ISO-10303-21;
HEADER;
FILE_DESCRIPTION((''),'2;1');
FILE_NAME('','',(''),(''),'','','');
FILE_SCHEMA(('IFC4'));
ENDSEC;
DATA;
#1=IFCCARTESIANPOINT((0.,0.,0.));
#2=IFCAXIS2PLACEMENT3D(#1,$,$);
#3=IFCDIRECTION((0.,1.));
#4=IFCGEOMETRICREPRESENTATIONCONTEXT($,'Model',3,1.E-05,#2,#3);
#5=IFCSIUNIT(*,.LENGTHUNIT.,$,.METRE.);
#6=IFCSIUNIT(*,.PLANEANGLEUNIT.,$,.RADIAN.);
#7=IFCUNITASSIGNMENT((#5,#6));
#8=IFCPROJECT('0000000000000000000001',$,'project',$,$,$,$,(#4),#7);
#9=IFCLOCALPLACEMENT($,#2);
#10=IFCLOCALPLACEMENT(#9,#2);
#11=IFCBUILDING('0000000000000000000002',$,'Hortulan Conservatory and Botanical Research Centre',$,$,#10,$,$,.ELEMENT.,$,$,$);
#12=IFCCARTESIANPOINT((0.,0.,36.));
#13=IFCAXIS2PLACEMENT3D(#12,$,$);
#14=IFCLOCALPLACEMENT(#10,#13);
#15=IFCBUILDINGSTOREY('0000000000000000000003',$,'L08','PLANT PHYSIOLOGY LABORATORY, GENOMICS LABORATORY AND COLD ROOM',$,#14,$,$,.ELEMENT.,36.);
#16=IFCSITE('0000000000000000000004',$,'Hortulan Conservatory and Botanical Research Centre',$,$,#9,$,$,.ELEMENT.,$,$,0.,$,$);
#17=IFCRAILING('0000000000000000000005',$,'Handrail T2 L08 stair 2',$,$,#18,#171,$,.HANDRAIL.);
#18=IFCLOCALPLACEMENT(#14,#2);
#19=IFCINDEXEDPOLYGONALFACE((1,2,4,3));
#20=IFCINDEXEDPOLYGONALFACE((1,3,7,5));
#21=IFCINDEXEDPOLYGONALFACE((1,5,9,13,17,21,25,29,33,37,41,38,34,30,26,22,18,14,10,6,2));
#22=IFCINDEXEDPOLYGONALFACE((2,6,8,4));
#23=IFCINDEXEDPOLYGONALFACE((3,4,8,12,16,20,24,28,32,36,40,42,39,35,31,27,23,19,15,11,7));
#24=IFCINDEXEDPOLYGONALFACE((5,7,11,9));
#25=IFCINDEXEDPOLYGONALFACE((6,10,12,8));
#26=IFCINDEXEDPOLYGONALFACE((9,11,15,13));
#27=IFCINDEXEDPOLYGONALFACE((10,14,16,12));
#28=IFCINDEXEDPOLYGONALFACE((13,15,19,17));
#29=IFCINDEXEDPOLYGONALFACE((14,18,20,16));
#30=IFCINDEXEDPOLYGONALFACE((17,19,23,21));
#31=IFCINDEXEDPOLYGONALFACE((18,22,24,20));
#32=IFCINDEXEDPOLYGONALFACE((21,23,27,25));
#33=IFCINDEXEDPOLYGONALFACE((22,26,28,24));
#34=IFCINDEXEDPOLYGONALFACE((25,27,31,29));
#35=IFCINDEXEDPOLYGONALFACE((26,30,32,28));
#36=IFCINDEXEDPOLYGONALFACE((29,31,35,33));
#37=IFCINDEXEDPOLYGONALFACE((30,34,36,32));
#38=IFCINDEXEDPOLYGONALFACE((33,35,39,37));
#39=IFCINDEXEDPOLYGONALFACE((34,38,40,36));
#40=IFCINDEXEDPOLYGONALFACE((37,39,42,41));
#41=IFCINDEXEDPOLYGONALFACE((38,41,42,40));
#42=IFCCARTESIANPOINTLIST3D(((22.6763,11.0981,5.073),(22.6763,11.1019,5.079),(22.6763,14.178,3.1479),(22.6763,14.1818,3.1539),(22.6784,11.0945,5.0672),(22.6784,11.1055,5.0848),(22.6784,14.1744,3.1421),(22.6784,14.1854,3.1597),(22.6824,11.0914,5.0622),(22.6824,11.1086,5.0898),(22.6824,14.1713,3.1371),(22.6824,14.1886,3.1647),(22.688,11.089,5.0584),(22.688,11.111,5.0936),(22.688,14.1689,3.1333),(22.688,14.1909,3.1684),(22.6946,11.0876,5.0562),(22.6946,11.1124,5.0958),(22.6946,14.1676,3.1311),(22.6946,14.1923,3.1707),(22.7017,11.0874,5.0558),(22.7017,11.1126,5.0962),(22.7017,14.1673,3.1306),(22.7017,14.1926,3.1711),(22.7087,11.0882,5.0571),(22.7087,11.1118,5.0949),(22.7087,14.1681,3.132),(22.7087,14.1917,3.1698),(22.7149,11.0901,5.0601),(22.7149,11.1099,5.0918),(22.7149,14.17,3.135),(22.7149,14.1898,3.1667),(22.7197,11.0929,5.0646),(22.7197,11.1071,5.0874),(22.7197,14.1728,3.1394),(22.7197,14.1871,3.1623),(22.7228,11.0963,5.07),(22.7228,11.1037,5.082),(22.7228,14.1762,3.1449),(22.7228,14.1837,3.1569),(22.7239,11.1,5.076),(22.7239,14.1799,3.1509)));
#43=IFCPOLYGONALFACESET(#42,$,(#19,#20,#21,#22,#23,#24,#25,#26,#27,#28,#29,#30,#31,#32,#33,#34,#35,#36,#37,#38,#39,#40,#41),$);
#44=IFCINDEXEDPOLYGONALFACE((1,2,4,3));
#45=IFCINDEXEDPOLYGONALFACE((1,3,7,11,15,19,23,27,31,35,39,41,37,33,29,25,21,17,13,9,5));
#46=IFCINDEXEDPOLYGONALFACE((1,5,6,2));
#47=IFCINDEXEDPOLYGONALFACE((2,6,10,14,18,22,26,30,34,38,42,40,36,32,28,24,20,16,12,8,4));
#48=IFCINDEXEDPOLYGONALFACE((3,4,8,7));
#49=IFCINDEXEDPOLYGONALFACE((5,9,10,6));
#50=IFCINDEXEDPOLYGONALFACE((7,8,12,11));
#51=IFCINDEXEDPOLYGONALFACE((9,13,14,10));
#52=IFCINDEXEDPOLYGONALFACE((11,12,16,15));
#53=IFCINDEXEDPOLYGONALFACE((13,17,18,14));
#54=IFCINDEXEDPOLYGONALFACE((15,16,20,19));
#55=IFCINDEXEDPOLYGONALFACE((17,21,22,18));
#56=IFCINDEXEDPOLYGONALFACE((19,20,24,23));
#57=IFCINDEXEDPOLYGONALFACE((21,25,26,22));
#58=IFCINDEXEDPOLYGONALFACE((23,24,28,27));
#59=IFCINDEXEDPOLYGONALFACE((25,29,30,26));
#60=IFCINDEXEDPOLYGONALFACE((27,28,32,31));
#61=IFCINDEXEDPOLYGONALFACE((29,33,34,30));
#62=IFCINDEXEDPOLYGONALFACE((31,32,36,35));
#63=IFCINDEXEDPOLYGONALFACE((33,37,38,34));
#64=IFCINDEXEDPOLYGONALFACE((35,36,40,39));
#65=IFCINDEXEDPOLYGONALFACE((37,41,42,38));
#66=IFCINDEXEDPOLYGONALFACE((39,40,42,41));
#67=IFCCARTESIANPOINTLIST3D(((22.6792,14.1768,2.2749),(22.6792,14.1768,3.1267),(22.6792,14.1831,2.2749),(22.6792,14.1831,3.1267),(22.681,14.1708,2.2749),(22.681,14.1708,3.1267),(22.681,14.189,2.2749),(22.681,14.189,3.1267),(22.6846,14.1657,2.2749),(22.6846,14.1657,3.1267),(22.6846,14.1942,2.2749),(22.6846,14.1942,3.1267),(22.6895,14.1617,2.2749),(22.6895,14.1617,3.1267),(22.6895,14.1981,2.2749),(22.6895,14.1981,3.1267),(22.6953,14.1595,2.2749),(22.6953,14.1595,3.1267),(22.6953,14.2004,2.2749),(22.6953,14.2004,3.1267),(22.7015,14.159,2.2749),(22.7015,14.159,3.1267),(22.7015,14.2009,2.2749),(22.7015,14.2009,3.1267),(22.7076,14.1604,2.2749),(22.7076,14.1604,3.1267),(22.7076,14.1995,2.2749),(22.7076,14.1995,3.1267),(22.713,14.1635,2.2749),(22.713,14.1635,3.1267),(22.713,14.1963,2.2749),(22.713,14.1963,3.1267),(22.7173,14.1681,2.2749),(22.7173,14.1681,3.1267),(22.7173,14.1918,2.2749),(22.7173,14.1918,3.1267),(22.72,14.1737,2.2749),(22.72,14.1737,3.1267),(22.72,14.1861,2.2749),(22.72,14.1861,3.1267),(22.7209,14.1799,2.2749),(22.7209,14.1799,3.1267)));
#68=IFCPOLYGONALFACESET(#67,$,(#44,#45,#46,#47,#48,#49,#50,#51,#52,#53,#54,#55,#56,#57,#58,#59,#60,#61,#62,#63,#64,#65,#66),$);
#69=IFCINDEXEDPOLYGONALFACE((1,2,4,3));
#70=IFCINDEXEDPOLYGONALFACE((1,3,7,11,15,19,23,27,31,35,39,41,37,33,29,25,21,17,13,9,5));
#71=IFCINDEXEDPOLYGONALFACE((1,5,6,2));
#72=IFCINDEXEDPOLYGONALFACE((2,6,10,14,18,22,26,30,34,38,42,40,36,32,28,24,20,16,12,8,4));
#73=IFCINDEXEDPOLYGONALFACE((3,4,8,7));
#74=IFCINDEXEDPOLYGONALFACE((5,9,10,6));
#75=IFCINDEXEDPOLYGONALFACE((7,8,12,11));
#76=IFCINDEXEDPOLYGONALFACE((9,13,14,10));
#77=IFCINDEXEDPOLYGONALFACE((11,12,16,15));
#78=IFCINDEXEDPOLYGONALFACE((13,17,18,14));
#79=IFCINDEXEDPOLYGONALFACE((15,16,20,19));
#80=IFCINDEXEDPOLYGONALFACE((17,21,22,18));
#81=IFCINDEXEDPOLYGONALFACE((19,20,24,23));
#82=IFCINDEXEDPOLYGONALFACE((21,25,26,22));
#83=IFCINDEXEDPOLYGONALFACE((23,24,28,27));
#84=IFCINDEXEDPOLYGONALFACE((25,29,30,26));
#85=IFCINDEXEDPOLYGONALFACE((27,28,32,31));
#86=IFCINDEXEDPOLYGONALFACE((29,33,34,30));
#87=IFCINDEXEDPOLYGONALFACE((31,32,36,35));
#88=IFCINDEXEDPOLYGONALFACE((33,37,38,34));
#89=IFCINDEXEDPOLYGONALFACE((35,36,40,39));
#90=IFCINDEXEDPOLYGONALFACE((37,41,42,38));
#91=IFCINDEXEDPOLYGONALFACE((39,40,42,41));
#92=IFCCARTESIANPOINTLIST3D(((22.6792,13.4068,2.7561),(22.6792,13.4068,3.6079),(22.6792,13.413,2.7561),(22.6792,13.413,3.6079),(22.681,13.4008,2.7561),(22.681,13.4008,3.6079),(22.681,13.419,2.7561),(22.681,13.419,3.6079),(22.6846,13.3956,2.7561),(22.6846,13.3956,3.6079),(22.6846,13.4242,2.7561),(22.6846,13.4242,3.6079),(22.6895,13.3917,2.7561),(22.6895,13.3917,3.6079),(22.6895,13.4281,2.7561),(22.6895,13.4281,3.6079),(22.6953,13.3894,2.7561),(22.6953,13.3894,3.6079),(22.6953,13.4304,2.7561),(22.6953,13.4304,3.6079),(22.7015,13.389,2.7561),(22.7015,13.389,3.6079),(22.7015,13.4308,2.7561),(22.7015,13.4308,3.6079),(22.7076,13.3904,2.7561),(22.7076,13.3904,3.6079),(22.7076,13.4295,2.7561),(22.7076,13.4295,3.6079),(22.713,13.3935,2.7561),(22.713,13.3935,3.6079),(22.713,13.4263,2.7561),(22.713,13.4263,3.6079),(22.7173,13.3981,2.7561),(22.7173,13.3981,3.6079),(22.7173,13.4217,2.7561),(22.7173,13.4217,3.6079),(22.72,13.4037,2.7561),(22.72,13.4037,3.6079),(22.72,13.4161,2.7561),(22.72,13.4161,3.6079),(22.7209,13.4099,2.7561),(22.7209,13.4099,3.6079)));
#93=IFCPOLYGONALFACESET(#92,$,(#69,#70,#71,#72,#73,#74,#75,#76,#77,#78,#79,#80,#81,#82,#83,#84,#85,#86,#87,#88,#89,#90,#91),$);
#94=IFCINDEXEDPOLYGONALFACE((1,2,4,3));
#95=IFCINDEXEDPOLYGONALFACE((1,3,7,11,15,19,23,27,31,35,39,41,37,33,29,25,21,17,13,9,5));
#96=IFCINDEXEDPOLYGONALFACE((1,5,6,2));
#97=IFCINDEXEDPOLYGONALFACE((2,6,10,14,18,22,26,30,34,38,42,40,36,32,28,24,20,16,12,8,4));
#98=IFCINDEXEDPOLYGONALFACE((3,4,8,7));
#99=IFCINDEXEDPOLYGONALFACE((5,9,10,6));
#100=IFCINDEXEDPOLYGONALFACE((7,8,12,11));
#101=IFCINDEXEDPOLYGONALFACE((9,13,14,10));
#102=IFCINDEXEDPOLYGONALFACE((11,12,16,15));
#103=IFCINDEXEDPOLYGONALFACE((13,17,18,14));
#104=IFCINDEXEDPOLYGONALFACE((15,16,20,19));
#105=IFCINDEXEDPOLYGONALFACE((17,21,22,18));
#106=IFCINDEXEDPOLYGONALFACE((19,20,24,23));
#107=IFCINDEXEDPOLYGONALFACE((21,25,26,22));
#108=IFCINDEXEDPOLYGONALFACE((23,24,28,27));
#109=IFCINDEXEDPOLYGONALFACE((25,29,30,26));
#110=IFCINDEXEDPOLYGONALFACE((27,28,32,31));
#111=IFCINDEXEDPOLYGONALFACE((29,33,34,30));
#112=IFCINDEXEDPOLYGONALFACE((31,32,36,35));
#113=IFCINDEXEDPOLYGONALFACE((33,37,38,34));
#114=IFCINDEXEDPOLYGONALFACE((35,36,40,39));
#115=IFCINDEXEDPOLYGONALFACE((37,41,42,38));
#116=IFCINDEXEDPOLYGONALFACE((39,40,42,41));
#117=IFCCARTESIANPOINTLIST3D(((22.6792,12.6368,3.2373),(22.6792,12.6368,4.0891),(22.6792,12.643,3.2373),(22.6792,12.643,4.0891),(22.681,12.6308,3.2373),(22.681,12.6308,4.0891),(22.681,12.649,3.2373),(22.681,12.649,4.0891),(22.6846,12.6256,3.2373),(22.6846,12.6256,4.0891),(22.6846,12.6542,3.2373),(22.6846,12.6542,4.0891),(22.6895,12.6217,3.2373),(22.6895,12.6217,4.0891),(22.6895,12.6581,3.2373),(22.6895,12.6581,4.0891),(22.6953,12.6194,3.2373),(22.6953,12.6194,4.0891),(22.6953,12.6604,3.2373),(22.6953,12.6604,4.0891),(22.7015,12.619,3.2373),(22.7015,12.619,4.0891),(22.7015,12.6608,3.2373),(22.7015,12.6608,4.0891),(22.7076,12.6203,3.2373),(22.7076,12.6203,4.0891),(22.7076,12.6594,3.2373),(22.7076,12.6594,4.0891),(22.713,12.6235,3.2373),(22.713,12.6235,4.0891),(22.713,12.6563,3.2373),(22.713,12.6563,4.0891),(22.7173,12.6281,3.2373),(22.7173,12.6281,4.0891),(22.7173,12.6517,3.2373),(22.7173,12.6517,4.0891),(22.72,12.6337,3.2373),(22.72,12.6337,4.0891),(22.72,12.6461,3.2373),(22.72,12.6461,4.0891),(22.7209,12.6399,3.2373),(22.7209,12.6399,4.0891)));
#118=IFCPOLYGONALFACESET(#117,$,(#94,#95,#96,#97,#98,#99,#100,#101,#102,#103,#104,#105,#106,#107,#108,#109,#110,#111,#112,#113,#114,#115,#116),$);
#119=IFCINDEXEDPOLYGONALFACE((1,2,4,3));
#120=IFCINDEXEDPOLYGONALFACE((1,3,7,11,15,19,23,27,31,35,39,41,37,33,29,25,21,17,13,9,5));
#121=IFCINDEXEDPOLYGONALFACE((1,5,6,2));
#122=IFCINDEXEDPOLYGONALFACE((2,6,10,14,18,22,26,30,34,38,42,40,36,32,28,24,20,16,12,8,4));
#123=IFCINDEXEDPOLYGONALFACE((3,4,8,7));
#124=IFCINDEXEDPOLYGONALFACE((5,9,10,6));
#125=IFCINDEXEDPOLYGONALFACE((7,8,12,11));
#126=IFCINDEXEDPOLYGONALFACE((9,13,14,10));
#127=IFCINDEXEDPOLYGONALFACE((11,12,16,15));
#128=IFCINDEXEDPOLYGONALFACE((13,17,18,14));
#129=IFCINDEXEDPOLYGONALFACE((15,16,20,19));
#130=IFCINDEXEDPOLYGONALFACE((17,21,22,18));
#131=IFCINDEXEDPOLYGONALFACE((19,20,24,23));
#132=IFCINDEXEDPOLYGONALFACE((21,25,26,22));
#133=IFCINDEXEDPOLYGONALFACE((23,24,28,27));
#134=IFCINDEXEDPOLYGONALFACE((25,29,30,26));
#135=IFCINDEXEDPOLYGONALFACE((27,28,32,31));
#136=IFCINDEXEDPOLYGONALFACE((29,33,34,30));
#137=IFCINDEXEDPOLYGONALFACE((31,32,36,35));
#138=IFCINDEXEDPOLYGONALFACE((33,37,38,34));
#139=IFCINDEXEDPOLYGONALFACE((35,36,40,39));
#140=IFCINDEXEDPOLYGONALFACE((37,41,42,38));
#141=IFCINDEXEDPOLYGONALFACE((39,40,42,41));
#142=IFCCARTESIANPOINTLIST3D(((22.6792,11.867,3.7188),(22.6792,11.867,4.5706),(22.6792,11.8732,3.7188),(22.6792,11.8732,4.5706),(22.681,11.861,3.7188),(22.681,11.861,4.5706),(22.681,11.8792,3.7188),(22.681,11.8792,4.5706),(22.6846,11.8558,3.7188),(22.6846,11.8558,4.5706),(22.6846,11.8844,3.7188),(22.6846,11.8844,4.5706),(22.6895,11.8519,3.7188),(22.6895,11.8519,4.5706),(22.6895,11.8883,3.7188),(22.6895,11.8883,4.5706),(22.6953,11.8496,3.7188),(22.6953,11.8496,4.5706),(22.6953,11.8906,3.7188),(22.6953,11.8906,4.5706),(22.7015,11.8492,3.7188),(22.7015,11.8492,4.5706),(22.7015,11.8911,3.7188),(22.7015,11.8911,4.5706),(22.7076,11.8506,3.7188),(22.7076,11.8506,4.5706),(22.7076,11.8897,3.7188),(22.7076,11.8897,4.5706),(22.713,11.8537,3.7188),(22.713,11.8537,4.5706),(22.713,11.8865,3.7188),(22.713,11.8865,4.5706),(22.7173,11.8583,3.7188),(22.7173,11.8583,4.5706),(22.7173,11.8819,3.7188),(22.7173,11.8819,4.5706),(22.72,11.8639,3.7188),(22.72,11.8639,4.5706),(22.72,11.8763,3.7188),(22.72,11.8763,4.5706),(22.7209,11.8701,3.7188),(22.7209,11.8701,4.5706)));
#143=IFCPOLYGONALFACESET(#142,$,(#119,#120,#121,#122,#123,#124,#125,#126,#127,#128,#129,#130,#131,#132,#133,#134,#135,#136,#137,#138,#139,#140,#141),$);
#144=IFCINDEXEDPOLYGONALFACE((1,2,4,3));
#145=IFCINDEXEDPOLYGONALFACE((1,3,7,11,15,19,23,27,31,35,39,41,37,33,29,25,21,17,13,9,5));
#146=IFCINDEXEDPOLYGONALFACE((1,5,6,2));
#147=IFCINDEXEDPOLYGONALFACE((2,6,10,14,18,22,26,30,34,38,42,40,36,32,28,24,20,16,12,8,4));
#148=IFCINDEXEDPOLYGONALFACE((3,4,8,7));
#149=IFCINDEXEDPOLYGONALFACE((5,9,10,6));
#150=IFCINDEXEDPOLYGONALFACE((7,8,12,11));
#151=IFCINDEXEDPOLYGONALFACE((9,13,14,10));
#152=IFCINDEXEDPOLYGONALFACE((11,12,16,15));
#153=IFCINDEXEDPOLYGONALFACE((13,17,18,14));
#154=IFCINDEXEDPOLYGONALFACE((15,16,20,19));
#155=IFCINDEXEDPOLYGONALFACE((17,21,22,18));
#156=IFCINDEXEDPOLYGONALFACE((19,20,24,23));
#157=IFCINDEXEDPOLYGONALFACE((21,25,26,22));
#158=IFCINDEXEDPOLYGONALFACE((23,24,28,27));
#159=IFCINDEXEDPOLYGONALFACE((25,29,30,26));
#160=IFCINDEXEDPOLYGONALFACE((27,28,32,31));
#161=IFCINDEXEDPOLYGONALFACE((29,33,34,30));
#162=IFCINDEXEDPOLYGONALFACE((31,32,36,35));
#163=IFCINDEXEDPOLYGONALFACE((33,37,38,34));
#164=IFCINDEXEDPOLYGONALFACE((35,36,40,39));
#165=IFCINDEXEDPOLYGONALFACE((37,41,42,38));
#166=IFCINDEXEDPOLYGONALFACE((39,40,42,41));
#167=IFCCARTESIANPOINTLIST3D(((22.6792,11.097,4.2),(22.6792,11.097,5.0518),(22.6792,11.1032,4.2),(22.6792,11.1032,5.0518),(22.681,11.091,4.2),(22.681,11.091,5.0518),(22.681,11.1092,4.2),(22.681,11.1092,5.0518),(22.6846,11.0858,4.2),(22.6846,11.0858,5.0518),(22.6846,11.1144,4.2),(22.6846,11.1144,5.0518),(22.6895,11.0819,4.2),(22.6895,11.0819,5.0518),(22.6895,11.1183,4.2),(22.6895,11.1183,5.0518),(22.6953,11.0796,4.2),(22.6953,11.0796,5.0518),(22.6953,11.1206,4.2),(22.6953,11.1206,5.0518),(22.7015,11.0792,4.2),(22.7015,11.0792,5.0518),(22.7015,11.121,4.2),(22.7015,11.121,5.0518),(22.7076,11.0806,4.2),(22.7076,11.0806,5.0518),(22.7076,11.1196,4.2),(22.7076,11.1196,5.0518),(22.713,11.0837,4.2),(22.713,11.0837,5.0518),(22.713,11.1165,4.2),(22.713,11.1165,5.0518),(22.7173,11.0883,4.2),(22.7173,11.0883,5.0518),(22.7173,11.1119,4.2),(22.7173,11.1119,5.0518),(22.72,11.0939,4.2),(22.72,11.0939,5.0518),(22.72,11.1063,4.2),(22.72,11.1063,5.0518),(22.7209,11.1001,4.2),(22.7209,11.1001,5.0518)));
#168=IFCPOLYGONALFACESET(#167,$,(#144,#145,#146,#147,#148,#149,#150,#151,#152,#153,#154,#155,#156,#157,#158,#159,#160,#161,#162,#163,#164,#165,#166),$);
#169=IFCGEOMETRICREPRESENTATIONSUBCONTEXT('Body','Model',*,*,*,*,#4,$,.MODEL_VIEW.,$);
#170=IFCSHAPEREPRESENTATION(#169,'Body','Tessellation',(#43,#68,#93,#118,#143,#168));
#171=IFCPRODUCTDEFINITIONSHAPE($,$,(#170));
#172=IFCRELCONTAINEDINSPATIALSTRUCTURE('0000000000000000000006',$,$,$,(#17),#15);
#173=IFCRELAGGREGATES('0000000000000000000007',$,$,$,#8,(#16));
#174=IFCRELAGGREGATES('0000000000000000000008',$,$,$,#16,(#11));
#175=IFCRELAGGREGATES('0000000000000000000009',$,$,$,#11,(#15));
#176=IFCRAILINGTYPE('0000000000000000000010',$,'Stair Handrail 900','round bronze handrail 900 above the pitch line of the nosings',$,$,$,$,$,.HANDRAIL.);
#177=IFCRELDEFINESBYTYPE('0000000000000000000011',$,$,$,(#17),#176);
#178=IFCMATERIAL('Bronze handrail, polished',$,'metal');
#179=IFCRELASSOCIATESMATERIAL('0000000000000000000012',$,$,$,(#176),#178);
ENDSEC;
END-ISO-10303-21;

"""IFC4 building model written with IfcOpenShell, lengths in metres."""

from ifc_helpers import new_model, si_unit, direction, frame, origin, origin_2d, place, context, subcontext, project, spatial, circle, extrude, material, type_object, element, save


model = new_model("IFC4")

# Units and contexts
model_context = context("Model", 3, precision=1e-05, world=origin(), true_north=direction((0.0, 1.0)))
body_context = subcontext(model_context, "Body", "Model", "MODEL_VIEW")
ifc_project = project(units=[si_unit("LENGTHUNIT", "METRE"), si_unit("PLANEANGLEUNIT", "RADIAN")], contexts=[model_context])

# Site, building, storey
site_placement = place(None, origin())
site = spatial("IfcSite", under=ifc_project, at=site_placement, Name="Hortulan Conservatory and Botanical Research Centre", CompositionType="ELEMENT", RefElevation=0.0)
building_placement = place(site_placement, origin())
building = spatial("IfcBuilding", under=site, at=building_placement, Name="Hortulan Conservatory and Botanical Research Centre", CompositionType="ELEMENT")
storey_placement = place(building_placement, frame((0.0, 0.0, 36.0)))
storey = spatial("IfcBuildingStorey", under=building, at=storey_placement, Name="L08", Description="PLANT PHYSIOLOGY LABORATORY, GENOMICS LABORATORY AND COLD ROOM", CompositionType="ELEMENT", Elevation=36.0)

# Railing
ifc_material_1 = material(Name="Bronze handrail, polished", Category="metal")
railing_type_1 = type_object("IfcRailingType", Name="Stair Handrail 900", Description="round bronze handrail 900 above the pitch line of the nosings", PredefinedType="HANDRAIL", material=ifc_material_1)
railing_1_placement = place(storey_placement, frame((22.7, 14.1799, 2.2749)))
element("IfcRailing", 1, at=railing_1_placement, inside=storey, type_object=railing_type_1, Name="Handrail T2 L08 stair 2", PredefinedType="HANDRAIL", context=body_context, shape_type="SweptSolid", body=[
    extrude(circle(Radius=0.0239, at=origin_2d()), frame((0.0, 0.0, 0.876), z_axis=(0.0, -0.847979, 0.530029), x_axis=(1.0, 0.0, 0.0)), (0.0, 0.0, 1.0), 3.6321),
    extrude(circle(Radius=0.021, at=origin_2d()), origin(), (0.0, 0.0, 1.0), 0.8518),
    extrude(circle(Radius=0.021, at=origin_2d()), frame((0.0, -0.77, 0.4812)), (0.0, 0.0, 1.0), 0.8518),
    extrude(circle(Radius=0.021, at=origin_2d()), frame((0.0, -1.54, 0.9624)), (0.0, 0.0, 1.0), 0.8518),
    extrude(circle(Radius=0.021, at=origin_2d()), frame((0.0, -2.3098, 1.4438)), (0.0, 0.0, 1.0), 0.8518),
    extrude(circle(Radius=0.021, at=origin_2d()), frame((0.0, -3.0798, 1.925)), (0.0, 0.0, 1.0), 0.8518),
])

save(model, "model.ifc")
